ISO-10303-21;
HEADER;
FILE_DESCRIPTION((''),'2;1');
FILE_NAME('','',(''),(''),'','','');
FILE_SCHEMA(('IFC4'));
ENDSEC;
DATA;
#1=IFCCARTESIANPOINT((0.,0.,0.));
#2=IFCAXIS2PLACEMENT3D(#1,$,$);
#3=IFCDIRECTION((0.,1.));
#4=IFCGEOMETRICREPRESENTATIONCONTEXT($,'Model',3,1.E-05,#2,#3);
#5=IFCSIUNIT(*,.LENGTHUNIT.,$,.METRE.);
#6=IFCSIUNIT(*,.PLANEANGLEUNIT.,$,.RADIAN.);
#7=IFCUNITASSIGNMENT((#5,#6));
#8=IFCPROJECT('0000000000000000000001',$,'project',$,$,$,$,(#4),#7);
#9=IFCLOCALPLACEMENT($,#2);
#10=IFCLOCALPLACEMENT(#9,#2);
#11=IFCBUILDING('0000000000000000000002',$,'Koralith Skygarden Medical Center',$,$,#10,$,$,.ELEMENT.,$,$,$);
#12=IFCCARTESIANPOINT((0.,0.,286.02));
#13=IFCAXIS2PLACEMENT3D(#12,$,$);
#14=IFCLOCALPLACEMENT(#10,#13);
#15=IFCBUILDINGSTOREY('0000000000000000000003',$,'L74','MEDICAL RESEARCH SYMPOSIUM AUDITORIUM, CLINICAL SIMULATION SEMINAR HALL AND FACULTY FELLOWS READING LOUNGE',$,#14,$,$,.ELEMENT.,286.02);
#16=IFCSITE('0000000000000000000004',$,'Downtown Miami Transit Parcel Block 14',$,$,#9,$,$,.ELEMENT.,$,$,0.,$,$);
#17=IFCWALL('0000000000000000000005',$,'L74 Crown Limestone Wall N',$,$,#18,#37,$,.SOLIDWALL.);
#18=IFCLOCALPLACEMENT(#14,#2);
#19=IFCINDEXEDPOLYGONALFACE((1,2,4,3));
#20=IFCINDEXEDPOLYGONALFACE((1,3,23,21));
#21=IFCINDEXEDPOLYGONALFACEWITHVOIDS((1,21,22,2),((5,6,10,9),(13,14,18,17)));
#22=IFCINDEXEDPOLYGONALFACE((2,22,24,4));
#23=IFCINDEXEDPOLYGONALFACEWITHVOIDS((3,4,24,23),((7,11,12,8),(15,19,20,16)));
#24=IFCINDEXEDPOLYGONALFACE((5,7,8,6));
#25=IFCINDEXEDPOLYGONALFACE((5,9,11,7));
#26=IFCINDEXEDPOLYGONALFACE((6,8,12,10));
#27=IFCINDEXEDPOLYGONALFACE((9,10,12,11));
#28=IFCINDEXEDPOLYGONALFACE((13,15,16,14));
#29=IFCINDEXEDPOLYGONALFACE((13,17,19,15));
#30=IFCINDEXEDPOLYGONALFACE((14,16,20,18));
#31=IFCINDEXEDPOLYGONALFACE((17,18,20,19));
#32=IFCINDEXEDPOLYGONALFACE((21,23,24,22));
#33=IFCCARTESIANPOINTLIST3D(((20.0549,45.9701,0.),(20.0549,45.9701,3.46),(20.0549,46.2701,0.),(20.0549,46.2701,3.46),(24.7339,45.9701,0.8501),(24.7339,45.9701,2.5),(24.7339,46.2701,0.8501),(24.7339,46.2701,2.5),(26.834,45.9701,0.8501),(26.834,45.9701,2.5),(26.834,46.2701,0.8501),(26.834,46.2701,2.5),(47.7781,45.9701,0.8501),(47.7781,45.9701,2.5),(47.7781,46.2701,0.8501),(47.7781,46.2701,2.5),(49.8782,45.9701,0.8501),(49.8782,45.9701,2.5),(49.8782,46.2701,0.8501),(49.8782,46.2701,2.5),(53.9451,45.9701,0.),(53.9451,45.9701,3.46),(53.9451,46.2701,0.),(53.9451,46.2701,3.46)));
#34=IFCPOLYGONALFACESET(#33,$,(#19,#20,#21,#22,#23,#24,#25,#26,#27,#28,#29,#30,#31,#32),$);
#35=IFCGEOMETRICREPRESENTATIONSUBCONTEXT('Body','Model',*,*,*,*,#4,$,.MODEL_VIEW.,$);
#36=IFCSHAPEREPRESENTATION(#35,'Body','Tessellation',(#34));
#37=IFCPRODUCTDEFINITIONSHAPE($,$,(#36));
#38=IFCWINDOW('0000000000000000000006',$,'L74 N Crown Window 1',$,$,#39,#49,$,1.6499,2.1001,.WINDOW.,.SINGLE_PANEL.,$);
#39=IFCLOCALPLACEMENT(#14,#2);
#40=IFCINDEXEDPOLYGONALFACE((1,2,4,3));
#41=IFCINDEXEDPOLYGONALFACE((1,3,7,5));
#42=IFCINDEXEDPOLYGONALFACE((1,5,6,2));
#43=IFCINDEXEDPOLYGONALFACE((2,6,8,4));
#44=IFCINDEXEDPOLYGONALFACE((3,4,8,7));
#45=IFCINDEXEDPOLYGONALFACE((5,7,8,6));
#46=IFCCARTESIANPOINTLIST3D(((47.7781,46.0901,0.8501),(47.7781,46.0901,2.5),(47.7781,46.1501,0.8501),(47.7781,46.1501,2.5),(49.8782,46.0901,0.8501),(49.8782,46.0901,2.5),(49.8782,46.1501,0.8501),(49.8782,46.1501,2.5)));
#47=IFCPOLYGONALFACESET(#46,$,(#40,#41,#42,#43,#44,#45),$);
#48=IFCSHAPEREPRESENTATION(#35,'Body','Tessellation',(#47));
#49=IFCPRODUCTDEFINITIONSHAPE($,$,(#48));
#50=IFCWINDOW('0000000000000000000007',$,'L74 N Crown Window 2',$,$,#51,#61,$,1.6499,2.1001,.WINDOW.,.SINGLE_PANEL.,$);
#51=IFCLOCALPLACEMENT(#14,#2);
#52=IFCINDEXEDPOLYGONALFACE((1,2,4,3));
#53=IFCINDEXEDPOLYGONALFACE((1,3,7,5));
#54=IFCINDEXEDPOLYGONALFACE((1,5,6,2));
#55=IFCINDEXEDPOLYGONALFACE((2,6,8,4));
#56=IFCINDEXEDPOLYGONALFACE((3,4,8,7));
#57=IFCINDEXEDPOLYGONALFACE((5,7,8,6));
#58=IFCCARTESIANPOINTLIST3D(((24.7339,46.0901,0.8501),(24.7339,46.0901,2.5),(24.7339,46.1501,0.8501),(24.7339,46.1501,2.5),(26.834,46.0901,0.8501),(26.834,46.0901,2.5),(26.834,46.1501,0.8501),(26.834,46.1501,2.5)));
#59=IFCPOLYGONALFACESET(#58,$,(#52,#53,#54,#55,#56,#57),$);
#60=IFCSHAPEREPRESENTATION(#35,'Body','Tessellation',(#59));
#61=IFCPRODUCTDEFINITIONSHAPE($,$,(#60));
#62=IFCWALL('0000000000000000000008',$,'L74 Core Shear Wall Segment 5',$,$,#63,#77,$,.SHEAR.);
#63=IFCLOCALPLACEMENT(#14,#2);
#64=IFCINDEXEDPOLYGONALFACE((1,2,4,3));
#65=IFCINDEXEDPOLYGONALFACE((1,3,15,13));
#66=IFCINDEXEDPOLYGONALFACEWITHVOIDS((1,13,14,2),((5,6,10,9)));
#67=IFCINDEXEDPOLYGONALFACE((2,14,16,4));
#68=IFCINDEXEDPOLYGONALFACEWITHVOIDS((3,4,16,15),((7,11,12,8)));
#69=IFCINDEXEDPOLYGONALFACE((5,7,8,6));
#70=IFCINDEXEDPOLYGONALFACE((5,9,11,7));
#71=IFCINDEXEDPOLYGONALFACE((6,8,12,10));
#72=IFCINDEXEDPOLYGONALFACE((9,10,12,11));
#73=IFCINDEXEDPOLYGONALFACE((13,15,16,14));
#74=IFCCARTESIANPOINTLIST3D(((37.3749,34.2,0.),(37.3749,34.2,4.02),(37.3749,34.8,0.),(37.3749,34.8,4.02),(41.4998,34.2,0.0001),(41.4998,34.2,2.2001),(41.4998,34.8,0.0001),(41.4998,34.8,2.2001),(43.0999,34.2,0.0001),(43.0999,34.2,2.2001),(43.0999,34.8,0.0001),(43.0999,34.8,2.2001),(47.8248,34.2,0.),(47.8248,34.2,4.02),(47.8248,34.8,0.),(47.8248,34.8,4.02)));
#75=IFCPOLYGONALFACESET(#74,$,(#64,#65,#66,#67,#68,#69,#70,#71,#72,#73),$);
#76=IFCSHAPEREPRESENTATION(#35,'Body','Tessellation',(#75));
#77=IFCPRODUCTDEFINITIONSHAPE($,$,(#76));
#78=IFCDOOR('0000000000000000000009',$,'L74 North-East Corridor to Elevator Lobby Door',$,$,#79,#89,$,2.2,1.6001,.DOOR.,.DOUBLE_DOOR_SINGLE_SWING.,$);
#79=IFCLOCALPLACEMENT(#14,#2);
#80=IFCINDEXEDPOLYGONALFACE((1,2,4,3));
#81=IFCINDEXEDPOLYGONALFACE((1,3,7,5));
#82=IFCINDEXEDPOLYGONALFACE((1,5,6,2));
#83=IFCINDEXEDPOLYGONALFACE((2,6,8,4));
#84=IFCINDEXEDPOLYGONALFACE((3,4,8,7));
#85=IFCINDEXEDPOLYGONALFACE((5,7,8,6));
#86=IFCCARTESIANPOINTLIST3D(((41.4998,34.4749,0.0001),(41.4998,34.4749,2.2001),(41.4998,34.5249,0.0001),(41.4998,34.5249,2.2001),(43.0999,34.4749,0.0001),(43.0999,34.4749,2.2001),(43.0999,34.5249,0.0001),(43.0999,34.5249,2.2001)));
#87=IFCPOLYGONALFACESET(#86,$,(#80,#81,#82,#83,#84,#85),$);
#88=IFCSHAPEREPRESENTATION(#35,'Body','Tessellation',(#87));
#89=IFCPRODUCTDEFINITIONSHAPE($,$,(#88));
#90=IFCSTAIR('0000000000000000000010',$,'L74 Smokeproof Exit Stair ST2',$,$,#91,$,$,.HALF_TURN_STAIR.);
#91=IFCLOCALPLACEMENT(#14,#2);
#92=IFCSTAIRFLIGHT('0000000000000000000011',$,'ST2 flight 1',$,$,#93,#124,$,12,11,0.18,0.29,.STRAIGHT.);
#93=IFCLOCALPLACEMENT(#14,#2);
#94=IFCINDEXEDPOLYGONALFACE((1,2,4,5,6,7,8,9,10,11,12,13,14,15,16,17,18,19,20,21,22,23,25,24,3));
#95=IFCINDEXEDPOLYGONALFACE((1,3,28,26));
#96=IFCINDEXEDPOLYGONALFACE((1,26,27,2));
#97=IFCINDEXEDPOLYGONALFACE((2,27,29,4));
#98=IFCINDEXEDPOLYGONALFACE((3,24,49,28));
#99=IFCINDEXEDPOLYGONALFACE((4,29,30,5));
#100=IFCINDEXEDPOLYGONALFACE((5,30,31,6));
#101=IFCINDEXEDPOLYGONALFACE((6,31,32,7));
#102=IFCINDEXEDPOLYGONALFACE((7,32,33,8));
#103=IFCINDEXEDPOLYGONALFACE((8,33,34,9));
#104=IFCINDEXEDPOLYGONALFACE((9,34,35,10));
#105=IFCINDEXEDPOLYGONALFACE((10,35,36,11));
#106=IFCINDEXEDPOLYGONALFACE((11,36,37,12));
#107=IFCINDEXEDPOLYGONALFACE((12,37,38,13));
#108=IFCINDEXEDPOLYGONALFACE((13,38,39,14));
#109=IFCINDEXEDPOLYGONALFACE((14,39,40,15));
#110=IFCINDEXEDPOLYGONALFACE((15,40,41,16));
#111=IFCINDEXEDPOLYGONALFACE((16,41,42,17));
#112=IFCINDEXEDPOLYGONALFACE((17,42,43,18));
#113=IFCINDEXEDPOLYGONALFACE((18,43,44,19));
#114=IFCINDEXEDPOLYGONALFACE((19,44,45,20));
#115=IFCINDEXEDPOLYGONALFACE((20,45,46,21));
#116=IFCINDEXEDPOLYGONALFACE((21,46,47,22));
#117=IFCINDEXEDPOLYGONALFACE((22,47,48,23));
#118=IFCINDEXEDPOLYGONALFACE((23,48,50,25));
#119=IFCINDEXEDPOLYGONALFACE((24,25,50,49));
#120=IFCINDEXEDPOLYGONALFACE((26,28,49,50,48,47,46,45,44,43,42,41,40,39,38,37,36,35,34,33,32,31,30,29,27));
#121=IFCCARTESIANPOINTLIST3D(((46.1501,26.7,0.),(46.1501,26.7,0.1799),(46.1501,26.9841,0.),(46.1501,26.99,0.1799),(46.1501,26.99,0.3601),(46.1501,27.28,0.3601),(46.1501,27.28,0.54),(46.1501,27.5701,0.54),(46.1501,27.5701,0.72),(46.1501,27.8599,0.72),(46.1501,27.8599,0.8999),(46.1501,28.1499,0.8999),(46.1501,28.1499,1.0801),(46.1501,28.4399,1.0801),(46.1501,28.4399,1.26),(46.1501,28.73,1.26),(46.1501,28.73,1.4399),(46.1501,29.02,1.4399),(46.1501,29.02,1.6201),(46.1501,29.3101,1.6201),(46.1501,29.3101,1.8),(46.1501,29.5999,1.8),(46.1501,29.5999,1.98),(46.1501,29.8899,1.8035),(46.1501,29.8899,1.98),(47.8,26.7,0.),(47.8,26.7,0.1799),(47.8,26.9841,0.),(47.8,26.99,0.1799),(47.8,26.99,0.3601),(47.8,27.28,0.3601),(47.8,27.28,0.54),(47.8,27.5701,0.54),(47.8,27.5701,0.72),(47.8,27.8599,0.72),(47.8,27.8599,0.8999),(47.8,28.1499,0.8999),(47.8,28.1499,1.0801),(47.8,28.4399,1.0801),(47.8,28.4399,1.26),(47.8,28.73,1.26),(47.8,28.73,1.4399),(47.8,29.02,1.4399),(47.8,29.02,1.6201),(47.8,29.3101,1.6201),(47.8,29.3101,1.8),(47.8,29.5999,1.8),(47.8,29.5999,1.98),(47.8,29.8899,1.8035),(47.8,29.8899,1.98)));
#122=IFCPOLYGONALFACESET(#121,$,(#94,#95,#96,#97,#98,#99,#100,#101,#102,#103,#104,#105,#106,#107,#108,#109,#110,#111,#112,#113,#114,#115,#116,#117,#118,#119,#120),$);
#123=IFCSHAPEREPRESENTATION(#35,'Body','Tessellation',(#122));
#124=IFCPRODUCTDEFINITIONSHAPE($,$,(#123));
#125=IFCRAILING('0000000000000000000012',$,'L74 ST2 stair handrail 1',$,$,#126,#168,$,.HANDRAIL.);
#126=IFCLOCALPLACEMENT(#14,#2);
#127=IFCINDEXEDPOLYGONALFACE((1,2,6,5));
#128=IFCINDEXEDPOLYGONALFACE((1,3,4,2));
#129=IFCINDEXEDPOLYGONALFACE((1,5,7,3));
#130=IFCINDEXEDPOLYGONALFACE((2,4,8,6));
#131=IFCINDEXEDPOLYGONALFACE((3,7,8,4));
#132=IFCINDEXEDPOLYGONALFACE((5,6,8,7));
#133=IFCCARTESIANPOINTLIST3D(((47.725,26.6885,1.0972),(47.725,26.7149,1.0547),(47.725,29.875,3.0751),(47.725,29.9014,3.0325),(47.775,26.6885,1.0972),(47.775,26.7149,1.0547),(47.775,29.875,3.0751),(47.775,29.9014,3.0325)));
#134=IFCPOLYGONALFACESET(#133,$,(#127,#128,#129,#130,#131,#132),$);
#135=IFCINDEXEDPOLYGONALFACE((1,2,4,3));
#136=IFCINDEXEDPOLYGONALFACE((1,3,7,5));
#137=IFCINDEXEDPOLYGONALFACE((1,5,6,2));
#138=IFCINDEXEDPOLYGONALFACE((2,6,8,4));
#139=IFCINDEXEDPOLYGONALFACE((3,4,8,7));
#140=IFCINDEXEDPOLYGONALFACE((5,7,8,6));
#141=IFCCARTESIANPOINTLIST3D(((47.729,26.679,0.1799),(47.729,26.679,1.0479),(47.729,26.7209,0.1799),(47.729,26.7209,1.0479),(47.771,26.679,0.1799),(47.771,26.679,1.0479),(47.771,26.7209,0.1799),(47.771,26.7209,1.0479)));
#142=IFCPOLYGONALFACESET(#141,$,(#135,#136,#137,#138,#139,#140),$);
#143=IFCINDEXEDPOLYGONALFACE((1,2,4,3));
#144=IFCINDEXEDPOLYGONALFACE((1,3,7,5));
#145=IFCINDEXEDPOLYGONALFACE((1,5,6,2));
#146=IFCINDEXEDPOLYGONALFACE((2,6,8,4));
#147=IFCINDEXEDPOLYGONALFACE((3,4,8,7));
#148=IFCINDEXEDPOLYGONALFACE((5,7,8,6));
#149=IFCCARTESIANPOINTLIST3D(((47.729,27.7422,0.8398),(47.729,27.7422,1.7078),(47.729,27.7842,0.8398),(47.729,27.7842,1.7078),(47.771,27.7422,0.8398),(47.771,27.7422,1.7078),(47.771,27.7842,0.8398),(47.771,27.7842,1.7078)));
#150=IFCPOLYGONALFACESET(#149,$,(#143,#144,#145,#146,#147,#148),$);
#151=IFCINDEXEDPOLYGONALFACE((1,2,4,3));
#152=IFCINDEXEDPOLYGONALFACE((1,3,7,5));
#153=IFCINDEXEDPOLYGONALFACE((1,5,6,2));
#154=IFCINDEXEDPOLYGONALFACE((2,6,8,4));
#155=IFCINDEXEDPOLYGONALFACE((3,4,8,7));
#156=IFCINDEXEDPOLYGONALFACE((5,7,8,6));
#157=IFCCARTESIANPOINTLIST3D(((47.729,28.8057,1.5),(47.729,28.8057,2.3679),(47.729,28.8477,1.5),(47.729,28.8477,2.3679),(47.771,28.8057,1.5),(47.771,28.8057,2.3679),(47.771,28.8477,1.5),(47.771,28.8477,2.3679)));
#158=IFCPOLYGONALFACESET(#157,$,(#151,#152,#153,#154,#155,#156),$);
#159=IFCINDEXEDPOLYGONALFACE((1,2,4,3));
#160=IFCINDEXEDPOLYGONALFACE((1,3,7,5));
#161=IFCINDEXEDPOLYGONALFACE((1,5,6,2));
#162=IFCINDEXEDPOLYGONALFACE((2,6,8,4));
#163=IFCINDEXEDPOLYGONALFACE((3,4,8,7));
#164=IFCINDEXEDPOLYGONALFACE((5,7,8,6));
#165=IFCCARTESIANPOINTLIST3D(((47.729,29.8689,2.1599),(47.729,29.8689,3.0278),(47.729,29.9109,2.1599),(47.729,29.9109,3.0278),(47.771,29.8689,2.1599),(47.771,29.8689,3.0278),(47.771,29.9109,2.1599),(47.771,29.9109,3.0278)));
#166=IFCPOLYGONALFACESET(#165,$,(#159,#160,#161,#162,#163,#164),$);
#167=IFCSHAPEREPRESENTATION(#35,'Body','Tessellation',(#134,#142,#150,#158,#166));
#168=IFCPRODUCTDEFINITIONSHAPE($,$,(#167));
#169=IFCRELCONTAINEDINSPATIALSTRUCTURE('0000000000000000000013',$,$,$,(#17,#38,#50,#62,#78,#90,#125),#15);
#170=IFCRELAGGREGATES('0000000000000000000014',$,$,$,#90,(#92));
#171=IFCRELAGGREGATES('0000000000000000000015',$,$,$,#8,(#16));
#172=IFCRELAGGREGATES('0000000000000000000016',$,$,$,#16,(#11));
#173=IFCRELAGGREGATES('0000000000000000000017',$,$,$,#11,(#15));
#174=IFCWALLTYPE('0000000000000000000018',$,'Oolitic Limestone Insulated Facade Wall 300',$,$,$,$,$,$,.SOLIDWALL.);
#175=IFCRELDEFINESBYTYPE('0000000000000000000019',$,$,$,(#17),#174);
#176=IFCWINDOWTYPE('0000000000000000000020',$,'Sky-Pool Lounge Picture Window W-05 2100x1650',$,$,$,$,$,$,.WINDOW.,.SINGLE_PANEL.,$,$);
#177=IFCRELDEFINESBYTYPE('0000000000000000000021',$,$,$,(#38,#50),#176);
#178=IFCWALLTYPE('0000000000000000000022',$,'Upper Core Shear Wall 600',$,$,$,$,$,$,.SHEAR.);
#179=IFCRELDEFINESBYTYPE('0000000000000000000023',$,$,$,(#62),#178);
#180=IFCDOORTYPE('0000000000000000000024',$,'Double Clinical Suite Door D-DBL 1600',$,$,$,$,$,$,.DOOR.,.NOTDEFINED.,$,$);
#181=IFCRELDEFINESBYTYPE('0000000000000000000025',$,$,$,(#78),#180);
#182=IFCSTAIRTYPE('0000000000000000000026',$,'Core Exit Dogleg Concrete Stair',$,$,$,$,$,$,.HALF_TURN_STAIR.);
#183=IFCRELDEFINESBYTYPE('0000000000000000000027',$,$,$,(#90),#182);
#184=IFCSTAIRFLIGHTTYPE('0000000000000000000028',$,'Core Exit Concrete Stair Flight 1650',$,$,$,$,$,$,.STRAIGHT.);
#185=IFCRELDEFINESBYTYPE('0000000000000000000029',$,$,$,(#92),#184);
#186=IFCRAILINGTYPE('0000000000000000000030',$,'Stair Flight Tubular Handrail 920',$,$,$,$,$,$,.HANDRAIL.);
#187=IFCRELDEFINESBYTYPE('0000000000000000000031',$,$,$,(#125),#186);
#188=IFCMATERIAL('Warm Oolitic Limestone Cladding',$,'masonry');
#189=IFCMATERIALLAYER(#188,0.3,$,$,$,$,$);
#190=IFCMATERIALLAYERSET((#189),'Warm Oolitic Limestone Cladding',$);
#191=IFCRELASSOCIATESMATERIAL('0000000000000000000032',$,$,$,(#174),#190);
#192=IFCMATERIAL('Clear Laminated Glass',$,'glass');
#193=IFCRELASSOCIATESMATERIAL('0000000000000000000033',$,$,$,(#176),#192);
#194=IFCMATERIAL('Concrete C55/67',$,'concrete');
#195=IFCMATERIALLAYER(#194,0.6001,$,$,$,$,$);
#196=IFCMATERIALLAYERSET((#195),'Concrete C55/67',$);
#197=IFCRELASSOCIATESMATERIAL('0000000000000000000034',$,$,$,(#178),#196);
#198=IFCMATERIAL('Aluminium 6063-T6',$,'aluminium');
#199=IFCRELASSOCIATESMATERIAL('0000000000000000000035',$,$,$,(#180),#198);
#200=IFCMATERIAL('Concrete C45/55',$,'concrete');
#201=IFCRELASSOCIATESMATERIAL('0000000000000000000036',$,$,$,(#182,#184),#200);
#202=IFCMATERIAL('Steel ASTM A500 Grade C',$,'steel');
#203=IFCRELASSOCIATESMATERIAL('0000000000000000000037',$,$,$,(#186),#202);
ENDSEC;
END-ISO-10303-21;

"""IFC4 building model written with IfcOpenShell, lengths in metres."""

from ifc_helpers import new_model, si_unit, direction, frame, frame_2d, origin, origin_2d, place, context, subcontext, project, spatial, polyline, rectangle, outline, extrude, material, layer, layer_set, type_object, element, fill, aggregate, save


model = new_model("IFC4")

# Units and contexts
model_context = context("Model", 3, precision=1e-05, world=origin(), true_north=direction((0.0, 1.0)))
body_context = subcontext(model_context, "Body", "Model", "MODEL_VIEW")
ifc_project = project(units=[si_unit("LENGTHUNIT", "METRE"), si_unit("PLANEANGLEUNIT", "RADIAN")], contexts=[model_context])

# Site, building, storey
site_placement = place(None, origin())
site = spatial("IfcSite", under=ifc_project, at=site_placement, Name="Downtown Miami Transit Parcel Block 14", CompositionType="ELEMENT", RefElevation=0.0)
building_placement = place(site_placement, origin())
building = spatial("IfcBuilding", under=site, at=building_placement, Name="Koralith Skygarden Medical Center", CompositionType="ELEMENT")
storey_placement = place(building_placement, frame((0.0, 0.0, 286.02)))
storey = spatial("IfcBuildingStorey", under=building, at=storey_placement, Name="L74", Description="MEDICAL RESEARCH SYMPOSIUM AUDITORIUM, CLINICAL SIMULATION SEMINAR HALL AND FACULTY FELLOWS READING LOUNGE", CompositionType="ELEMENT", Elevation=286.02)

# Shared definitions
ifc_material_1 = material(Name="Concrete C55/67", Category="concrete")

# Shared definitions
ifc_material_2 = material(Name="Clear Laminated Glass", Category="glass")
ifc_material_3 = material(Name="Aluminium 6063-T6", Category="aluminium")

# Shared definitions
ifc_material_4 = material(Name="Concrete C45/55", Category="concrete")

# Shared definitions
ifc_material_5 = material(Name="Warm Oolitic Limestone Cladding", Category="masonry")

# Wall, openings, windows
ifc_layer_1 = layer(ifc_material_5, 0.3)
ifc_layer_set_1 = layer_set([ifc_layer_1], Name="Warm Oolitic Limestone Cladding")
wall_type_1 = type_object("IfcWallType", Name="Oolitic Limestone Insulated Facade Wall 300", PredefinedType="SOLIDWALL", material=ifc_layer_set_1)
wall_1_placement = place(storey_placement, frame((53.9451, 46.1201, 0.0), z_axis=(0.0, 0.0, 1.0), x_axis=(-1.0, 0.0, 0.0)))
wall_1 = element("IfcWall", 1, at=wall_1_placement, inside=storey, type_object=wall_type_1, Name="L74 Crown Limestone Wall N", PredefinedType="SOLIDWALL", context=body_context, shape_type="SweptSolid", body=[
    extrude(rectangle(XDim=33.8901, YDim=0.3, at=frame_2d((16.9451, 0.0))), origin(), (0.0, 0.0, 1.0), 3.46),
])
opening_1_placement = place(wall_1_placement, frame((4.0669, 0.0, 0.8501)))
opening_1 = element("IfcOpeningElement", 2, at=opening_1_placement, cuts=wall_1, PredefinedType="OPENING", context=body_context, shape_type="SweptSolid", body=[
    extrude(rectangle(XDim=2.1001, YDim=1.6499, at=frame_2d((1.05, 0.825))), frame((0.0, 0.1599, 0.0), z_axis=(0.0, -1.0, 0.0), x_axis=(1.0, 0.0, 0.0)), (0.0, 0.0, 1.0), 0.3201),
])
opening_2_placement = place(wall_1_placement, frame((27.1111, 0.0, 0.8501)))
opening_2 = element("IfcOpeningElement", 3, at=opening_2_placement, cuts=wall_1, PredefinedType="OPENING", context=body_context, shape_type="SweptSolid", body=[
    extrude(rectangle(XDim=2.1001, YDim=1.6499, at=frame_2d((1.05, 0.825))), frame((0.0, 0.1599, 0.0), z_axis=(0.0, -1.0, 0.0), x_axis=(1.0, 0.0, 0.0)), (0.0, 0.0, 1.0), 0.3201),
])
window_type = type_object("IfcWindowType", Name="Sky-Pool Lounge Picture Window W-05 2100x1650", PartitioningType="SINGLE_PANEL", PredefinedType="WINDOW", material=ifc_material_2)
window_1_placement = place(opening_1_placement, origin())
window_1 = element("IfcWindow", 4, at=window_1_placement, inside=storey, type_object=window_type, Name="L74 N Crown Window 1", OverallHeight=1.6499, OverallWidth=2.1001, PartitioningType="SINGLE_PANEL", PredefinedType="WINDOW", context=body_context, shape_type="SweptSolid", body=[
    extrude(rectangle(XDim=2.1001, YDim=1.6499, at=frame_2d((1.05, 0.825))), frame((0.0, 0.03, 0.0), z_axis=(0.0, -1.0, 0.0), x_axis=(1.0, 0.0, 0.0)), (0.0, 0.0, 1.0), 0.0601),
])
fill(opening_1, window_1)
window_2_placement = place(opening_2_placement, origin())
window_2 = element("IfcWindow", 5, at=window_2_placement, inside=storey, type_object=window_type, Name="L74 N Crown Window 2", OverallHeight=1.6499, OverallWidth=2.1001, PartitioningType="SINGLE_PANEL", PredefinedType="WINDOW", context=body_context, shape_type="SweptSolid", body=[
    extrude(rectangle(XDim=2.1001, YDim=1.6499, at=frame_2d((1.05, 0.825))), frame((0.0, 0.03, 0.0), z_axis=(0.0, -1.0, 0.0), x_axis=(1.0, 0.0, 0.0)), (0.0, 0.0, 1.0), 0.0601),
])
fill(opening_2, window_2)

# Wall, opening, door
ifc_layer_2 = layer(ifc_material_1, 0.6001)
ifc_layer_set_2 = layer_set([ifc_layer_2], Name="Concrete C55/67")
wall_type_2 = type_object("IfcWallType", Name="Upper Core Shear Wall 600", PredefinedType="SHEAR", material=ifc_layer_set_2)
wall_2_placement = place(storey_placement, frame((47.825, 34.5, 0.0), z_axis=(0.0, 0.0, 1.0), x_axis=(-1.0, 0.0, 0.0)))
wall_2 = element("IfcWall", 6, at=wall_2_placement, inside=storey, type_object=wall_type_2, Name="L74 Core Shear Wall Segment 5", PredefinedType="SHEAR", context=body_context, shape_type="SweptSolid", body=[
    extrude(rectangle(XDim=10.45, YDim=0.6001, at=frame_2d((5.2251, 0.0))), origin(), (0.0, 0.0, 1.0), 4.02),
])
opening_3_placement = place(wall_2_placement, frame((4.7251, 0.0, 0.0)))
opening_3 = element("IfcOpeningElement", 7, at=opening_3_placement, cuts=wall_2, PredefinedType="OPENING", context=body_context, shape_type="SweptSolid", body=[
    extrude(rectangle(XDim=1.6001, YDim=2.2, at=frame_2d((0.8, 1.1001))), frame((0.0, 0.3101, 0.0), z_axis=(0.0, -1.0, 0.0), x_axis=(1.0, 0.0, 0.0)), (0.0, 0.0, 1.0), 0.6201),
])
door_type = type_object("IfcDoorType", Name="Double Clinical Suite Door D-DBL 1600", OperationType="NOTDEFINED", PredefinedType="DOOR", material=ifc_material_3)
door_placement = place(opening_3_placement, frame((1.6001, 0.0, 0.0), z_axis=(0.0, 0.0, 1.0), x_axis=(-1.0, 0.0, 0.0)))
door = element("IfcDoor", 8, at=door_placement, inside=storey, type_object=door_type, Name="L74 North-East Corridor to Elevator Lobby Door", OperationType="DOUBLE_DOOR_SINGLE_SWING", OverallHeight=2.2, OverallWidth=1.6001, PredefinedType="DOOR", context=body_context, shape_type="SweptSolid", body=[
    extrude(rectangle(XDim=1.6001, YDim=2.2, at=frame_2d((0.8, 1.1001))), frame((0.0, 0.0249, 0.0), z_axis=(0.0, -1.0, 0.0), x_axis=(1.0, 0.0, 0.0)), (0.0, 0.0, 1.0), 0.05),
])
fill(opening_3, door)

# Stair, stair flight
stair_type = type_object("IfcStairType", Name="Core Exit Dogleg Concrete Stair", PredefinedType="HALF_TURN_STAIR", material=ifc_material_4)
stair_placement = place(storey_placement, origin())
stair = element("IfcStair", 9, at=stair_placement, inside=storey, type_object=stair_type, Name="L74 Smokeproof Exit Stair ST2", PredefinedType="HALF_TURN_STAIR")
stair_flight_type = type_object("IfcStairFlightType", Name="Core Exit Concrete Stair Flight 1650", PredefinedType="STRAIGHT", material=ifc_material_4)
stair_flight_placement = place(storey_placement, frame((46.9751, 26.7, 0.0), z_axis=(0.0, 0.0, 1.0), x_axis=(0.0, 1.0, 0.0)))
stair_flight = element("IfcStairFlight", 10, at=stair_flight_placement, type_object=stair_flight_type, Name="ST2 flight 1", NumberOfRisers=12, NumberOfTreads=11, PredefinedType="STRAIGHT", RiserHeight=0.18, TreadLength=0.29, context=body_context, shape_type="SweptSolid", body=[
    extrude(outline(polyline([(0.0, 0.0), (0.0, 0.1799), (0.29, 0.1799), (0.29, 0.3601), (0.5801, 0.3601), (0.5801, 0.54), (0.8701, 0.54), (0.8701, 0.72), (1.1599, 0.72), (1.1599, 0.8999), (1.45, 0.8999), (1.45, 1.0801), (1.74, 1.0801), (1.74, 1.26), (2.03, 1.26), (2.03, 1.4399), (2.3201, 1.4399), (2.3201, 1.6201), (2.6101, 1.6201), (2.6101, 1.8), (2.8999, 1.8), (2.8999, 1.98), (3.1899, 1.98), (3.1899, 2.1599), (3.1899, 1.8035), (0.2842, 0.0), (0.0, 0.0)])), frame((0.0, 0.825, 0.0), z_axis=(0.0, -1.0, 0.0), x_axis=(1.0, 0.0, 0.0)), (0.0, 0.0, 1.0), 1.6499),
])
aggregate(stair, [stair_flight])

# Railing
ifc_material_6 = material(Name="Steel ASTM A500 Grade C", Category="steel")
railing_type_1 = type_object("IfcRailingType", Name="Stair Flight Tubular Handrail 920", PredefinedType="HANDRAIL", material=ifc_material_6)
railing_1_placement = place(storey_placement, frame((47.75, 26.7, 0.1799)))
element("IfcRailing", 11, at=railing_1_placement, inside=storey, type_object=railing_type_1, Name="L74 ST2 stair handrail 1", PredefinedType="HANDRAIL", context=body_context, shape_type="SweptSolid", body=[
    extrude(rectangle(XDim=0.05, YDim=0.05, at=origin_2d()), frame((0.0, 0.0017, 0.896), z_axis=(0.0, 0.849638, 0.527366), x_axis=(-1.0, 0.0, 0.0)), (0.0, 0.0, 1.0), 3.7505),
    extrude(rectangle(XDim=0.042, YDim=0.042, at=origin_2d()), origin(), (0.0, 0.0, 1.0), 0.8679),
    extrude(rectangle(XDim=0.042, YDim=0.042, at=origin_2d()), frame((0.0, 1.0632, 0.6599)), (0.0, 0.0, 1.0), 0.8679),
    extrude(rectangle(XDim=0.042, YDim=0.042, at=origin_2d()), frame((0.0, 2.1267, 1.3201)), (0.0, 0.0, 1.0), 0.8679),
    extrude(rectangle(XDim=0.042, YDim=0.042, at=origin_2d()), frame((0.0, 3.1899, 1.98)), (0.0, 0.0, 1.0), 0.8679),
])

save(model, "model.ifc")
